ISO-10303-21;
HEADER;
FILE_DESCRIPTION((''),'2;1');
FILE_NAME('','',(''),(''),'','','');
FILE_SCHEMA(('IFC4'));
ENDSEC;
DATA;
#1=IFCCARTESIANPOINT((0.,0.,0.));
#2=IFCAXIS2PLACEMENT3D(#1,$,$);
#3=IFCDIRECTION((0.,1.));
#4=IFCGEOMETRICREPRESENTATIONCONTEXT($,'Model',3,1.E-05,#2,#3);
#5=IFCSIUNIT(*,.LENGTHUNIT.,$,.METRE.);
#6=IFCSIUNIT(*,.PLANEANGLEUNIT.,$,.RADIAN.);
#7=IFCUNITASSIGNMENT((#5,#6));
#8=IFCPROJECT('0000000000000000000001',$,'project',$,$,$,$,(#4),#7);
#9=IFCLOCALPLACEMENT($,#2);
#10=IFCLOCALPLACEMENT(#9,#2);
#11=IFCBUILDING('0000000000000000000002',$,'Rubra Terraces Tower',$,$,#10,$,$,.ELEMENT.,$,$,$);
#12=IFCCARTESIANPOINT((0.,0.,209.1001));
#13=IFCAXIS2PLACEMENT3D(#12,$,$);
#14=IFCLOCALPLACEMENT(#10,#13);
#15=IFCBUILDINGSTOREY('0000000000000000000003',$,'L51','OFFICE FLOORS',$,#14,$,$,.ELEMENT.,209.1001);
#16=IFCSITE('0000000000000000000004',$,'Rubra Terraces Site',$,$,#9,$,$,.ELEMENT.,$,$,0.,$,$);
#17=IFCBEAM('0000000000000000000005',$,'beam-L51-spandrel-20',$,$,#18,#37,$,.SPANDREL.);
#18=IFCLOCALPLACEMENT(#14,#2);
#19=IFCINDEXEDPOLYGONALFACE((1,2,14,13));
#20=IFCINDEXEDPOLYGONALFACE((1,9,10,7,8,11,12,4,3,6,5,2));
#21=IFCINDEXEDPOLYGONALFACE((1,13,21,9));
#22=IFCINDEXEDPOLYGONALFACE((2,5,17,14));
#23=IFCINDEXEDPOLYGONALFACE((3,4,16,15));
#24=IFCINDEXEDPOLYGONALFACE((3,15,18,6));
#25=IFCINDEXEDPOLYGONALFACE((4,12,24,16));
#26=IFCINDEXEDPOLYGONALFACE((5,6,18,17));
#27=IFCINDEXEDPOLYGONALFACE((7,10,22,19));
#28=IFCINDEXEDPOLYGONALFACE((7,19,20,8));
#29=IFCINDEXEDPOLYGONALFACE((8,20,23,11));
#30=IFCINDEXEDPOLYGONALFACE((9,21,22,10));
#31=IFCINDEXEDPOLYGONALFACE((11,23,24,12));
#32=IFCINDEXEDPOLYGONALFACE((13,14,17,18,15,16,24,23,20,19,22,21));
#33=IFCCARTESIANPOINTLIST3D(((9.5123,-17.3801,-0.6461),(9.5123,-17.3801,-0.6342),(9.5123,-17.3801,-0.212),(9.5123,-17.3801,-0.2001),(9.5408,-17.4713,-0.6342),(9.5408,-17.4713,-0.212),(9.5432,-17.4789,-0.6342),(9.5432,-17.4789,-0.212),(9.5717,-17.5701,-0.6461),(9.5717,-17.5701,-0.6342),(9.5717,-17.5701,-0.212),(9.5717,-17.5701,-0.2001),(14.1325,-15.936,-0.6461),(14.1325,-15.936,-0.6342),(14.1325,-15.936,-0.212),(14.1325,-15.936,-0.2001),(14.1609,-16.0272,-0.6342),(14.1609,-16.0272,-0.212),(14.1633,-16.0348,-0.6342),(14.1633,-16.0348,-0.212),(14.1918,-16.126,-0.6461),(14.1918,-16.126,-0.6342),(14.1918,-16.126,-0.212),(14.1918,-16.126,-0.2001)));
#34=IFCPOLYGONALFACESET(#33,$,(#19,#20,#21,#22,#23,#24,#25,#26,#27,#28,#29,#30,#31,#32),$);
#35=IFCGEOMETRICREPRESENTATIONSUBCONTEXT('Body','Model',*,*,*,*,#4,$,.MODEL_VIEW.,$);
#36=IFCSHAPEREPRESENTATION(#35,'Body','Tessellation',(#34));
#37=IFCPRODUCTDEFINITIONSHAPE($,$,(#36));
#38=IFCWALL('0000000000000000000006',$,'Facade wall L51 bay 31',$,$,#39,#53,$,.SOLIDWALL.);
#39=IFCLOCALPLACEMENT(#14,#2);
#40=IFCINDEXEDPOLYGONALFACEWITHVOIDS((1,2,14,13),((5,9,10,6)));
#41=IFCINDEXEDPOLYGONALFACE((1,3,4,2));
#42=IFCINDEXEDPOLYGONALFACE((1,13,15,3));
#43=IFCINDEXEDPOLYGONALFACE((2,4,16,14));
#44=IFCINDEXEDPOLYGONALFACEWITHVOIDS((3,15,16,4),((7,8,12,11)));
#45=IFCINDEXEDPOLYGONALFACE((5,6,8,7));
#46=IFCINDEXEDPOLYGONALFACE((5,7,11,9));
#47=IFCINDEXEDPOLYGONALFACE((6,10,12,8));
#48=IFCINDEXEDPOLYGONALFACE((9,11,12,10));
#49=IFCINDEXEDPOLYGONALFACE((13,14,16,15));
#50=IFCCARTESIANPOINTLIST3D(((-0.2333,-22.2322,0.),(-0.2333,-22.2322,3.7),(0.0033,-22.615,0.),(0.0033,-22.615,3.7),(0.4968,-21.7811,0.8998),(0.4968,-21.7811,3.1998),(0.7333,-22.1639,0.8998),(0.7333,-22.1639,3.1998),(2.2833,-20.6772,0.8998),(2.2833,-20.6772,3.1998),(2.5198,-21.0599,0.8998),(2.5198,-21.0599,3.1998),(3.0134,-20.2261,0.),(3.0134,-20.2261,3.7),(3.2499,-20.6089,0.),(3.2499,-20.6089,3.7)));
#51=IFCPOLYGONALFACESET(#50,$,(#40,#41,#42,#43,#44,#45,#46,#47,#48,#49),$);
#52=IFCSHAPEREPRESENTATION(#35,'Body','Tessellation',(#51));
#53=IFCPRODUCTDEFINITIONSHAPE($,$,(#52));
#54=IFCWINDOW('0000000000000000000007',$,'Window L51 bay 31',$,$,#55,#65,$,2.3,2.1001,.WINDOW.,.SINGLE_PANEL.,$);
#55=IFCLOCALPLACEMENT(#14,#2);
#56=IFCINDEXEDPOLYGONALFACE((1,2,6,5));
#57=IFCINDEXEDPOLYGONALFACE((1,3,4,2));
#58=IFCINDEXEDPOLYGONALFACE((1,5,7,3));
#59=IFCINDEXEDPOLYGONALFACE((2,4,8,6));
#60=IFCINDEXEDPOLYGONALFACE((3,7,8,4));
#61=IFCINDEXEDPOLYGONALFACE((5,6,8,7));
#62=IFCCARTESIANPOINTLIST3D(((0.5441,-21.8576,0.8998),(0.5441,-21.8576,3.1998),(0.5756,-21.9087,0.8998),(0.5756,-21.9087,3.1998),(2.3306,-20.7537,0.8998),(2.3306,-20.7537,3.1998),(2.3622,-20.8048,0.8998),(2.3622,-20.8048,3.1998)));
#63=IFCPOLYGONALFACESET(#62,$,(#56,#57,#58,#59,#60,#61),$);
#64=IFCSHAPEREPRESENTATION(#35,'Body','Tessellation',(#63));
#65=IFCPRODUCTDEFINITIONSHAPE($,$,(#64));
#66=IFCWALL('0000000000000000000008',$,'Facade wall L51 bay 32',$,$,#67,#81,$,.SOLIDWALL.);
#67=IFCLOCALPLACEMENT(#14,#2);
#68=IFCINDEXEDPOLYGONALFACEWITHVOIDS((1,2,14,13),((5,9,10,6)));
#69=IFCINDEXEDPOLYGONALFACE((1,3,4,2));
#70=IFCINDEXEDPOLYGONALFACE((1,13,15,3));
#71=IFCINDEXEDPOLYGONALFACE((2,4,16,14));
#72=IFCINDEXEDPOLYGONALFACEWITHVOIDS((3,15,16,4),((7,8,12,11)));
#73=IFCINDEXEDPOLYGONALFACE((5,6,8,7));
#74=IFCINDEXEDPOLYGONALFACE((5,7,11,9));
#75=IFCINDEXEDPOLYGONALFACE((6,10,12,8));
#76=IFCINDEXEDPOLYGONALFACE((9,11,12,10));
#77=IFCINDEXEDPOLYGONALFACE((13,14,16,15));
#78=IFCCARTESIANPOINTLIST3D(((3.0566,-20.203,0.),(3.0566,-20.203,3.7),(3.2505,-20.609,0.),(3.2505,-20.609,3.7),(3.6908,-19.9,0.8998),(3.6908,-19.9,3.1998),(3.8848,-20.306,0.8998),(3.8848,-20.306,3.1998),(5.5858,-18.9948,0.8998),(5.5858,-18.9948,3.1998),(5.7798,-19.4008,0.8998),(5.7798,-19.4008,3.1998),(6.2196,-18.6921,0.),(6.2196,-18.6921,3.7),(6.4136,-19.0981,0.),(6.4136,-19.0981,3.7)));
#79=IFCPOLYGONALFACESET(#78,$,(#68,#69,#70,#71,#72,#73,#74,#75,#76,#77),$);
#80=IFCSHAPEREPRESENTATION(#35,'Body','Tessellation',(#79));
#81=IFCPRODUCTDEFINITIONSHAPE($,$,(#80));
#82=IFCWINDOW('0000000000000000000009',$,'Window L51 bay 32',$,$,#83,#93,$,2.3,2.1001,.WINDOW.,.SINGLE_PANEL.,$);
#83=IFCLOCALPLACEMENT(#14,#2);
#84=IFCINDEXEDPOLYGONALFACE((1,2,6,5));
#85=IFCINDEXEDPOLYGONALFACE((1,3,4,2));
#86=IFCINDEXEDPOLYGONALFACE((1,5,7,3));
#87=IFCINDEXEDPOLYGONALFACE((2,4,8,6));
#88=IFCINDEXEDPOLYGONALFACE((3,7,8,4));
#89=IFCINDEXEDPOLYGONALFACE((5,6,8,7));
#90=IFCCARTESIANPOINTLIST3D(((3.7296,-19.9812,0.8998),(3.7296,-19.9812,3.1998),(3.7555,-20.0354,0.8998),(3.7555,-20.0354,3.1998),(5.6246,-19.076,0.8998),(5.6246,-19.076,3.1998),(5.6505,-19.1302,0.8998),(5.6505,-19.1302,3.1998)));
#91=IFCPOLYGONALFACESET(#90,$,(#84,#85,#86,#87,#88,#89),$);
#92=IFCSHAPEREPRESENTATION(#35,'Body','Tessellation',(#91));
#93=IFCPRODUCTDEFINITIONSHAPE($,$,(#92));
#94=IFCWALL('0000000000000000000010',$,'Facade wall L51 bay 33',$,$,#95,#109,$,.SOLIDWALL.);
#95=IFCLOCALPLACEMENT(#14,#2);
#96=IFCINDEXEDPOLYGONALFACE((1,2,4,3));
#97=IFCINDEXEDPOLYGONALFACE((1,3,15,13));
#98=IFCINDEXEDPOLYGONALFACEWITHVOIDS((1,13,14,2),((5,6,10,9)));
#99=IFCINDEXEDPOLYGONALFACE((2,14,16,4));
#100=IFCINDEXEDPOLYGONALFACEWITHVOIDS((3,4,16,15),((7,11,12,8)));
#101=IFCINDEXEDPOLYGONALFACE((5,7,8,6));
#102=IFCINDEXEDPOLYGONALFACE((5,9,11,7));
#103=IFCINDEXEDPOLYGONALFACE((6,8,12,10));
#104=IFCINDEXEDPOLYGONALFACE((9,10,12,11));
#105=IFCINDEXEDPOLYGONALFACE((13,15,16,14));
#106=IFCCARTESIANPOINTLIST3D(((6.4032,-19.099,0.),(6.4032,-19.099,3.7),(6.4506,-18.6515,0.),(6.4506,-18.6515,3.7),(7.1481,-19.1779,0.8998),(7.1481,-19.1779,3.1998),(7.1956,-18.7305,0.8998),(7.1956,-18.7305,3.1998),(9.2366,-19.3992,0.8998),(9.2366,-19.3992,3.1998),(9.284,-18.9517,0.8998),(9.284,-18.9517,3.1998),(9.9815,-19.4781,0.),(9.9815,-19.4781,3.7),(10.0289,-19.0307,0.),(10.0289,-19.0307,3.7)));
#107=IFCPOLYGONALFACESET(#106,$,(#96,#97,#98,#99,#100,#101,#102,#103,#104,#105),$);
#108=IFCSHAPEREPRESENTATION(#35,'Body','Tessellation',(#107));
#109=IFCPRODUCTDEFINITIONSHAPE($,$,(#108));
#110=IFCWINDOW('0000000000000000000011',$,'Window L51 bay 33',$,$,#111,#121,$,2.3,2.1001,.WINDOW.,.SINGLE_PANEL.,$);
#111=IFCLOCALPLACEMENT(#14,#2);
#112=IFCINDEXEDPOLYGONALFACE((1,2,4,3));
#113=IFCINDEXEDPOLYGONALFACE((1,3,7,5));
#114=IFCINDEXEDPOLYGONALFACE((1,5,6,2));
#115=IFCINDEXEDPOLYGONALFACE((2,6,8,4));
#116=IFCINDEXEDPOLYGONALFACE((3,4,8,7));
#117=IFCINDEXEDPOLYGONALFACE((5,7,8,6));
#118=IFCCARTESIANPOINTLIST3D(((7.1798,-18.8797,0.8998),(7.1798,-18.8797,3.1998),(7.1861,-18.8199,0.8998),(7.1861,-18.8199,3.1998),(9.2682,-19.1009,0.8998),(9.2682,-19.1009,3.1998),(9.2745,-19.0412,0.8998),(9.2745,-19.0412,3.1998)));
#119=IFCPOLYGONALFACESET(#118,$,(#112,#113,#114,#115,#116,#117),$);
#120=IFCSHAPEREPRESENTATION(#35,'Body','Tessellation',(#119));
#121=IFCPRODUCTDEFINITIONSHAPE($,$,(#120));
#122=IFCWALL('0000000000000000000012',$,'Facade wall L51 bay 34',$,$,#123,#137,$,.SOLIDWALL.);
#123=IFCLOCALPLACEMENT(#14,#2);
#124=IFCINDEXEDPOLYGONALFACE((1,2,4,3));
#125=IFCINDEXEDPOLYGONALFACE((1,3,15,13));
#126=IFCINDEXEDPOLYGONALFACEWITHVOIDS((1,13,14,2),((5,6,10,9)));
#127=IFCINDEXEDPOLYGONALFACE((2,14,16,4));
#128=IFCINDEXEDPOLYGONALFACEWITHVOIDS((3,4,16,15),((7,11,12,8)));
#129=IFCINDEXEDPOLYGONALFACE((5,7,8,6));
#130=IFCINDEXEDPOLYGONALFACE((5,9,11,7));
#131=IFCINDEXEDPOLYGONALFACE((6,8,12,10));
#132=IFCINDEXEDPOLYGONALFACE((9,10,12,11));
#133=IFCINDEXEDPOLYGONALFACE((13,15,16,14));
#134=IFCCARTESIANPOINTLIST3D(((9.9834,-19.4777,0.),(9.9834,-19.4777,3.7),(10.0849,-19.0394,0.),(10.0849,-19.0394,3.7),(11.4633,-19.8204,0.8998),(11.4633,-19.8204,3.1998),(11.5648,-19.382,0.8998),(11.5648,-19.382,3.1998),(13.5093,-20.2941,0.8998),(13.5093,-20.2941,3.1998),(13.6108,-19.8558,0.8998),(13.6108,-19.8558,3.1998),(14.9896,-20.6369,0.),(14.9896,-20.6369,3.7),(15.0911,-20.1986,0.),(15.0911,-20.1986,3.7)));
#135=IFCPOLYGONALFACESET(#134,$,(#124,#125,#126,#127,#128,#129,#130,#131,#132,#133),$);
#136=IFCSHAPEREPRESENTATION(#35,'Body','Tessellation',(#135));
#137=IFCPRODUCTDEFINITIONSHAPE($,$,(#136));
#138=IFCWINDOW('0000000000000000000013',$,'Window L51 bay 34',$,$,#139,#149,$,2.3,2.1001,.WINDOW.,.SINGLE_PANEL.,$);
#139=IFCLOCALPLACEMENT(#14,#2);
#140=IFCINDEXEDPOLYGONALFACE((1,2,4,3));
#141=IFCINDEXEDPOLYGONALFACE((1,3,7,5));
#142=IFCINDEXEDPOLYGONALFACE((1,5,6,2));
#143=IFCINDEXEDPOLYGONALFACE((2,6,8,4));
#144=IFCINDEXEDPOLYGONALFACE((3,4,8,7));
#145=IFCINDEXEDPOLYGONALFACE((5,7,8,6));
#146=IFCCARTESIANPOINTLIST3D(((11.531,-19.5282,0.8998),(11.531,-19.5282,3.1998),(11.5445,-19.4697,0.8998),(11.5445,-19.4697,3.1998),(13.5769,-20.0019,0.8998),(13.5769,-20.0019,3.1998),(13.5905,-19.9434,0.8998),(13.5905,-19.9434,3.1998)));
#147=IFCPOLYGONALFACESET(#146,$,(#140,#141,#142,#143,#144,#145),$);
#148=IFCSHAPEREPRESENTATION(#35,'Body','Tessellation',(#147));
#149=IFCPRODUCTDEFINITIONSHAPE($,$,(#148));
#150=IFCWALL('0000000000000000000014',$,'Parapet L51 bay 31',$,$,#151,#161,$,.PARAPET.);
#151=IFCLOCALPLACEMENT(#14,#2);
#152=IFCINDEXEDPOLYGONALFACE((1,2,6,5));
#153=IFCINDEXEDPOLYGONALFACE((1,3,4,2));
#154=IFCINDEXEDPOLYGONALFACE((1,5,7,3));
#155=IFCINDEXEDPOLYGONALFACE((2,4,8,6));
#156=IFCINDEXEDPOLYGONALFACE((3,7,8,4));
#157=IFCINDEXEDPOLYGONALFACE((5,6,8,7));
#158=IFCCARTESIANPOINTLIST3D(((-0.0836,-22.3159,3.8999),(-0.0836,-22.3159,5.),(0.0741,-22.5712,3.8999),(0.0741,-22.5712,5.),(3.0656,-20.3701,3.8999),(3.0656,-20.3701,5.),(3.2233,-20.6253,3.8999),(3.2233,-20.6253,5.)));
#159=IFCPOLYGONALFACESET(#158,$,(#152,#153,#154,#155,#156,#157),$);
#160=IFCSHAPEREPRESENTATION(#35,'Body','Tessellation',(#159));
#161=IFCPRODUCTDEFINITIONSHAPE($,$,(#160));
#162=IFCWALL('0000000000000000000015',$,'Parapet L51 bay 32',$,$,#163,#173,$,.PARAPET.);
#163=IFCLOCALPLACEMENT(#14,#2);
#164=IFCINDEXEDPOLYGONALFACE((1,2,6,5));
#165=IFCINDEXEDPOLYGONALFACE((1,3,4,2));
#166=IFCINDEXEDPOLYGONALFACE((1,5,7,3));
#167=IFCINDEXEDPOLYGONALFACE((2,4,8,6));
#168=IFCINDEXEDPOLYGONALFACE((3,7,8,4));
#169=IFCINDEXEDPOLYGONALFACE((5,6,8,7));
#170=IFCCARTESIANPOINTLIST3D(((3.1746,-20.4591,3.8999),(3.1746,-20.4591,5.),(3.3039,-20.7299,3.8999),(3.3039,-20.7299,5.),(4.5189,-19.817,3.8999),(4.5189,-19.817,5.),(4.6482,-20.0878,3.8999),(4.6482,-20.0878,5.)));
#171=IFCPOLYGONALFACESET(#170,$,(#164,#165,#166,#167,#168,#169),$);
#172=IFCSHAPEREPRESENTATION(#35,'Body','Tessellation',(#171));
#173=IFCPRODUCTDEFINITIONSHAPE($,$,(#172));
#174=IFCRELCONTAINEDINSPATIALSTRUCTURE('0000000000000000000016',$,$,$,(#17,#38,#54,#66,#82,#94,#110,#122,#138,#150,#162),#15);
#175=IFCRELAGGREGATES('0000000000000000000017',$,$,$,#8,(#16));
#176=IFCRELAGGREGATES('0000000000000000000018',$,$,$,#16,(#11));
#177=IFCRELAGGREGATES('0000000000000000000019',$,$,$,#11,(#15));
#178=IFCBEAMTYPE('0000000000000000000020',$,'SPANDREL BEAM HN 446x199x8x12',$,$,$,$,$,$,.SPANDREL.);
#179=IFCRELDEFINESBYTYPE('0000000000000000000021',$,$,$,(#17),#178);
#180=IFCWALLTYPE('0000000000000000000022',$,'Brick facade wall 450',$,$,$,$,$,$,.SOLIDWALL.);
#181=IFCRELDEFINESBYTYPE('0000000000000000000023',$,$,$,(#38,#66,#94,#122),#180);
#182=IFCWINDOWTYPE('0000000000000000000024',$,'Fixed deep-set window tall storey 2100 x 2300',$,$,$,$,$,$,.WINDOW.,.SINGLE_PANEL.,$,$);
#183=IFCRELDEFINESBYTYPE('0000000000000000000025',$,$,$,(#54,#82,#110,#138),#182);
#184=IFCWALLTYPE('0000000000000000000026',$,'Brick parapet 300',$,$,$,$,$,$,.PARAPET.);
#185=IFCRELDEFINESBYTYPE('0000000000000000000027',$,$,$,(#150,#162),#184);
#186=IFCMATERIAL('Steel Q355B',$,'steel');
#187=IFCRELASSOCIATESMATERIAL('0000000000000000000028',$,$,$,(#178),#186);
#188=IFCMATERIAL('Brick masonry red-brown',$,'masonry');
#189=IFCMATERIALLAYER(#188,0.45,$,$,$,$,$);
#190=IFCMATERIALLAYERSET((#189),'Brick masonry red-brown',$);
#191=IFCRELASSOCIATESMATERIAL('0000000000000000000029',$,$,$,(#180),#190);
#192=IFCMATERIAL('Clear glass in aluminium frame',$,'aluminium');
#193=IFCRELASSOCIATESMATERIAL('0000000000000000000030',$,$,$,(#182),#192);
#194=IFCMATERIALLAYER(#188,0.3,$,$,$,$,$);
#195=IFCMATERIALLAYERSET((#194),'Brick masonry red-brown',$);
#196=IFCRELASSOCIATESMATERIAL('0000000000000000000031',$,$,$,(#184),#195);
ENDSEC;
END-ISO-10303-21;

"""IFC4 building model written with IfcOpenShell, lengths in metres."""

from ifc_helpers import new_model, si_unit, direction, frame, frame_2d, origin, origin_2d, place, context, subcontext, project, spatial, rectangle, i_section, extrude, material, layer, layer_set, material_profile, profile_set, type_object, element, fill, save


model = new_model("IFC4")

# Units and contexts
model_context = context("Model", 3, precision=1e-05, world=origin(), true_north=direction((0.0, 1.0)))
body_context = subcontext(model_context, "Body", "Model", "MODEL_VIEW")
ifc_project = project(units=[si_unit("LENGTHUNIT", "METRE"), si_unit("PLANEANGLEUNIT", "RADIAN")], contexts=[model_context])

# Site, building, storey
site_placement = place(None, origin())
site = spatial("IfcSite", under=ifc_project, at=site_placement, Name="Rubra Terraces Site", CompositionType="ELEMENT", RefElevation=0.0)
building_placement = place(site_placement, origin())
building = spatial("IfcBuilding", under=site, at=building_placement, Name="Rubra Terraces Tower", CompositionType="ELEMENT")
storey_placement = place(building_placement, frame((0.0, 0.0, 209.1001)))
storey = spatial("IfcBuildingStorey", under=building, at=storey_placement, Name="L51", Description="OFFICE FLOORS", CompositionType="ELEMENT", Elevation=209.1001)

# Beam
ifc_material_1 = material(Name="Steel Q355B", Category="steel")
ifc_material_profile_1 = material_profile(ifc_material_1, i_section(OverallWidth=0.199, OverallDepth=0.446, WebThickness=0.0081, FlangeThickness=0.012, at=origin_2d()), Name="HN 446x199x8x12")
ifc_profile_set_1 = profile_set([ifc_material_profile_1], Name="Steel Q355B")
beam_type_1 = type_object("IfcBeamType", Name="SPANDREL BEAM HN 446x199x8x12", PredefinedType="SPANDREL", material=ifc_profile_set_1)
beam_1_placement = place(storey_placement, frame((9.542, -17.4751, -0.4231), z_axis=(0.954462, 0.298332, 0.0), x_axis=(-0.298332, 0.954462, 0.0)))
element("IfcBeam", 1, at=beam_1_placement, inside=storey, type_object=beam_type_1, Name="beam-L51-spandrel-20", PredefinedType="SPANDREL", context=body_context, shape_type="SweptSolid", body=[
    extrude(i_section(OverallWidth=0.199, OverallDepth=0.446, WebThickness=0.0081, FlangeThickness=0.012, at=origin_2d()), origin(), (0.0, 0.0, 1.0), 4.8406),
])

# Walls, openings, windows
ifc_material_2 = material(Name="Brick masonry red-brown", Category="masonry")
ifc_layer_1 = layer(ifc_material_2, 0.45)
ifc_layer_set_1 = layer_set([ifc_layer_1], Name="Brick masonry red-brown")
wall_type_1 = type_object("IfcWallType", Name="Brick facade wall 450", PredefinedType="SOLIDWALL", material=ifc_layer_set_1)
wall_1_placement = place(storey_placement, frame((-0.115, -22.4236, 0.0), z_axis=(0.0, 0.0, 1.0), x_axis=(0.850697, 0.525656, 0.0)))
wall_1 = element("IfcWall", 2, at=wall_1_placement, inside=storey, type_object=wall_type_1, Name="Facade wall L51 bay 31", PredefinedType="SOLIDWALL", context=body_context, shape_type="SweptSolid", body=[
    extrude(rectangle(XDim=3.8164, YDim=0.45, at=frame_2d((1.9082, 0.0))), origin(), (0.0, 0.0, 1.0), 3.7),
])
opening_1_placement = place(wall_1_placement, frame((0.8582, 0.0, 0.8999)))
opening_1 = element("IfcOpeningElement", 3, at=opening_1_placement, cuts=wall_1, PredefinedType="OPENING", context=body_context, shape_type="SweptSolid", body=[
    extrude(rectangle(XDim=2.1001, YDim=2.3, at=frame_2d((1.05, 1.1499))), frame((0.0, 0.2349, 0.0), z_axis=(0.0, -1.0, 0.0), x_axis=(1.0, 0.0, 0.0)), (0.0, 0.0, 1.0), 0.47),
])
ifc_material_3 = material(Name="Clear glass in aluminium frame", Category="aluminium")
window_type = type_object("IfcWindowType", Name="Fixed deep-set window tall storey 2100 x 2300", PartitioningType="SINGLE_PANEL", PredefinedType="WINDOW", material=ifc_material_3)
window_1_placement = place(opening_1_placement, origin())
window_1 = element("IfcWindow", 4, at=window_1_placement, inside=storey, type_object=window_type, Name="Window L51 bay 31", OverallHeight=2.3, OverallWidth=2.1001, PartitioningType="SINGLE_PANEL", PredefinedType="WINDOW", context=body_context, shape_type="SweptSolid", body=[
    extrude(rectangle(XDim=2.1001, YDim=2.3, at=frame_2d((1.05, 1.1499))), frame((0.0, 0.135, 0.0), z_axis=(0.0, -1.0, 0.0), x_axis=(1.0, 0.0, 0.0)), (0.0, 0.0, 1.0), 0.0601),
])
fill(opening_1, window_1)
wall_2_placement = place(storey_placement, frame((3.1536, -20.406, 0.0), z_axis=(0.0, 0.0, 1.0), x_axis=(0.902333, 0.431039, 0.0)))
wall_2 = element("IfcWall", 5, at=wall_2_placement, inside=storey, type_object=wall_type_1, Name="Facade wall L51 bay 32", PredefinedType="SOLIDWALL", context=body_context, shape_type="SweptSolid", body=[
    extrude(rectangle(XDim=3.5054, YDim=0.45, at=frame_2d((1.7527, 0.0))), origin(), (0.0, 0.0, 1.0), 3.7),
])
opening_2_placement = place(wall_2_placement, frame((0.7029, 0.0, 0.8999)))
opening_2 = element("IfcOpeningElement", 6, at=opening_2_placement, cuts=wall_2, PredefinedType="OPENING", context=body_context, shape_type="SweptSolid", body=[
    extrude(rectangle(XDim=2.1001, YDim=2.3, at=frame_2d((1.05, 1.1499))), frame((0.0, 0.2349, 0.0), z_axis=(0.0, -1.0, 0.0), x_axis=(1.0, 0.0, 0.0)), (0.0, 0.0, 1.0), 0.47),
])
window_2_placement = place(opening_2_placement, origin())
window_2 = element("IfcWindow", 7, at=window_2_placement, inside=storey, type_object=window_type, Name="Window L51 bay 32", OverallHeight=2.3, OverallWidth=2.1001, PartitioningType="SINGLE_PANEL", PredefinedType="WINDOW", context=body_context, shape_type="SweptSolid", body=[
    extrude(rectangle(XDim=2.1001, YDim=2.3, at=frame_2d((1.05, 1.1499))), frame((0.0, 0.135, 0.0), z_axis=(0.0, -1.0, 0.0), x_axis=(1.0, 0.0, 0.0)), (0.0, 0.0, 1.0), 0.0601),
])
fill(opening_2, window_2)
wall_3_placement = place(storey_placement, frame((6.4268, -18.8752, 0.0), z_axis=(0.0, 0.0, 1.0), x_axis=(0.994433, -0.105366, 0.0)))
wall_3 = element("IfcWall", 8, at=wall_3_placement, inside=storey, type_object=wall_type_1, Name="Facade wall L51 bay 33", PredefinedType="SOLIDWALL", context=body_context, shape_type="SweptSolid", body=[
    extrude(rectangle(XDim=3.5984, YDim=0.45, at=frame_2d((1.7993, 0.0))), origin(), (0.0, 0.0, 1.0), 3.7),
])
opening_3_placement = place(wall_3_placement, frame((0.7493, 0.0, 0.8999)))
opening_3 = element("IfcOpeningElement", 9, at=opening_3_placement, cuts=wall_3, PredefinedType="OPENING", context=body_context, shape_type="SweptSolid", body=[
    extrude(rectangle(XDim=2.1001, YDim=2.3, at=frame_2d((1.05, 1.1499))), frame((0.0, 0.2349, 0.0), z_axis=(0.0, -1.0, 0.0), x_axis=(1.0, 0.0, 0.0)), (0.0, 0.0, 1.0), 0.47),
])
window_3_placement = place(opening_3_placement, origin())
window_3 = element("IfcWindow", 10, at=window_3_placement, inside=storey, type_object=window_type, Name="Window L51 bay 33", OverallHeight=2.3, OverallWidth=2.1001, PartitioningType="SINGLE_PANEL", PredefinedType="WINDOW", context=body_context, shape_type="SweptSolid", body=[
    extrude(rectangle(XDim=2.1001, YDim=2.3, at=frame_2d((1.05, 1.1499))), frame((0.0, 0.135, 0.0), z_axis=(0.0, -1.0, 0.0), x_axis=(1.0, 0.0, 0.0)), (0.0, 0.0, 1.0), 0.0601),
])
fill(opening_3, window_3)
wall_4_placement = place(storey_placement, frame((10.0342, -19.2585, 0.0), z_axis=(0.0, 0.0, 1.0), x_axis=(0.974224, -0.225585, 0.0)))
wall_4 = element("IfcWall", 11, at=wall_4_placement, inside=storey, type_object=wall_type_1, Name="Facade wall L51 bay 34", PredefinedType="SOLIDWALL", context=body_context, shape_type="SweptSolid", body=[
    extrude(rectangle(XDim=5.1387, YDim=0.45, at=frame_2d((2.5693, 0.0))), origin(), (0.0, 0.0, 1.0), 3.7),
])
opening_4_placement = place(wall_4_placement, frame((1.519, 0.0, 0.8999)))
opening_4 = element("IfcOpeningElement", 12, at=opening_4_placement, cuts=wall_4, PredefinedType="OPENING", context=body_context, shape_type="SweptSolid", body=[
    extrude(rectangle(XDim=2.1001, YDim=2.3, at=frame_2d((1.05, 1.1499))), frame((0.0, 0.2349, 0.0), z_axis=(0.0, -1.0, 0.0), x_axis=(1.0, 0.0, 0.0)), (0.0, 0.0, 1.0), 0.47),
])
window_4_placement = place(opening_4_placement, origin())
window_4 = element("IfcWindow", 13, at=window_4_placement, inside=storey, type_object=window_type, Name="Window L51 bay 34", OverallHeight=2.3, OverallWidth=2.1001, PartitioningType="SINGLE_PANEL", PredefinedType="WINDOW", context=body_context, shape_type="SweptSolid", body=[
    extrude(rectangle(XDim=2.1001, YDim=2.3, at=frame_2d((1.05, 1.1499))), frame((0.0, 0.135, 0.0), z_axis=(0.0, -1.0, 0.0), x_axis=(1.0, 0.0, 0.0)), (0.0, 0.0, 1.0), 0.0601),
])
fill(opening_4, window_4)

# Walls
ifc_layer_2 = layer(ifc_material_2, 0.3)
ifc_layer_set_2 = layer_set([ifc_layer_2], Name="Brick masonry red-brown")
wall_type_2 = type_object("IfcWallType", Name="Brick parapet 300", PredefinedType="PARAPET", material=ifc_layer_set_2)
wall_5_placement = place(storey_placement, frame((-0.0049, -22.4436, 3.8999), z_axis=(0.0, 0.0, 1.0), x_axis=(0.85071, 0.525635, 0.0)))
element("IfcWall", 14, at=wall_5_placement, inside=storey, type_object=wall_type_2, Name="Parapet L51 bay 31", PredefinedType="PARAPET", context=body_context, shape_type="SweptSolid", body=[
    extrude(rectangle(XDim=3.7019, YDim=0.3, at=frame_2d((1.8511, 0.0))), origin(), (0.0, 0.0, 1.0), 1.1001),
])
wall_6_placement = place(storey_placement, frame((3.2393, -20.5945, 3.8999), z_axis=(0.0, 0.0, 1.0), x_axis=(0.902345, 0.431015, 0.0)))
element("IfcWall", 15, at=wall_6_placement, inside=storey, type_object=wall_type_2, Name="Parapet L51 bay 32", PredefinedType="PARAPET", context=body_context, shape_type="SweptSolid", body=[
    extrude(rectangle(XDim=1.4897, YDim=0.3, at=frame_2d((0.7449, 0.0))), origin(), (0.0, 0.0, 1.0), 1.1001),
])

save(model, "model.ifc")
